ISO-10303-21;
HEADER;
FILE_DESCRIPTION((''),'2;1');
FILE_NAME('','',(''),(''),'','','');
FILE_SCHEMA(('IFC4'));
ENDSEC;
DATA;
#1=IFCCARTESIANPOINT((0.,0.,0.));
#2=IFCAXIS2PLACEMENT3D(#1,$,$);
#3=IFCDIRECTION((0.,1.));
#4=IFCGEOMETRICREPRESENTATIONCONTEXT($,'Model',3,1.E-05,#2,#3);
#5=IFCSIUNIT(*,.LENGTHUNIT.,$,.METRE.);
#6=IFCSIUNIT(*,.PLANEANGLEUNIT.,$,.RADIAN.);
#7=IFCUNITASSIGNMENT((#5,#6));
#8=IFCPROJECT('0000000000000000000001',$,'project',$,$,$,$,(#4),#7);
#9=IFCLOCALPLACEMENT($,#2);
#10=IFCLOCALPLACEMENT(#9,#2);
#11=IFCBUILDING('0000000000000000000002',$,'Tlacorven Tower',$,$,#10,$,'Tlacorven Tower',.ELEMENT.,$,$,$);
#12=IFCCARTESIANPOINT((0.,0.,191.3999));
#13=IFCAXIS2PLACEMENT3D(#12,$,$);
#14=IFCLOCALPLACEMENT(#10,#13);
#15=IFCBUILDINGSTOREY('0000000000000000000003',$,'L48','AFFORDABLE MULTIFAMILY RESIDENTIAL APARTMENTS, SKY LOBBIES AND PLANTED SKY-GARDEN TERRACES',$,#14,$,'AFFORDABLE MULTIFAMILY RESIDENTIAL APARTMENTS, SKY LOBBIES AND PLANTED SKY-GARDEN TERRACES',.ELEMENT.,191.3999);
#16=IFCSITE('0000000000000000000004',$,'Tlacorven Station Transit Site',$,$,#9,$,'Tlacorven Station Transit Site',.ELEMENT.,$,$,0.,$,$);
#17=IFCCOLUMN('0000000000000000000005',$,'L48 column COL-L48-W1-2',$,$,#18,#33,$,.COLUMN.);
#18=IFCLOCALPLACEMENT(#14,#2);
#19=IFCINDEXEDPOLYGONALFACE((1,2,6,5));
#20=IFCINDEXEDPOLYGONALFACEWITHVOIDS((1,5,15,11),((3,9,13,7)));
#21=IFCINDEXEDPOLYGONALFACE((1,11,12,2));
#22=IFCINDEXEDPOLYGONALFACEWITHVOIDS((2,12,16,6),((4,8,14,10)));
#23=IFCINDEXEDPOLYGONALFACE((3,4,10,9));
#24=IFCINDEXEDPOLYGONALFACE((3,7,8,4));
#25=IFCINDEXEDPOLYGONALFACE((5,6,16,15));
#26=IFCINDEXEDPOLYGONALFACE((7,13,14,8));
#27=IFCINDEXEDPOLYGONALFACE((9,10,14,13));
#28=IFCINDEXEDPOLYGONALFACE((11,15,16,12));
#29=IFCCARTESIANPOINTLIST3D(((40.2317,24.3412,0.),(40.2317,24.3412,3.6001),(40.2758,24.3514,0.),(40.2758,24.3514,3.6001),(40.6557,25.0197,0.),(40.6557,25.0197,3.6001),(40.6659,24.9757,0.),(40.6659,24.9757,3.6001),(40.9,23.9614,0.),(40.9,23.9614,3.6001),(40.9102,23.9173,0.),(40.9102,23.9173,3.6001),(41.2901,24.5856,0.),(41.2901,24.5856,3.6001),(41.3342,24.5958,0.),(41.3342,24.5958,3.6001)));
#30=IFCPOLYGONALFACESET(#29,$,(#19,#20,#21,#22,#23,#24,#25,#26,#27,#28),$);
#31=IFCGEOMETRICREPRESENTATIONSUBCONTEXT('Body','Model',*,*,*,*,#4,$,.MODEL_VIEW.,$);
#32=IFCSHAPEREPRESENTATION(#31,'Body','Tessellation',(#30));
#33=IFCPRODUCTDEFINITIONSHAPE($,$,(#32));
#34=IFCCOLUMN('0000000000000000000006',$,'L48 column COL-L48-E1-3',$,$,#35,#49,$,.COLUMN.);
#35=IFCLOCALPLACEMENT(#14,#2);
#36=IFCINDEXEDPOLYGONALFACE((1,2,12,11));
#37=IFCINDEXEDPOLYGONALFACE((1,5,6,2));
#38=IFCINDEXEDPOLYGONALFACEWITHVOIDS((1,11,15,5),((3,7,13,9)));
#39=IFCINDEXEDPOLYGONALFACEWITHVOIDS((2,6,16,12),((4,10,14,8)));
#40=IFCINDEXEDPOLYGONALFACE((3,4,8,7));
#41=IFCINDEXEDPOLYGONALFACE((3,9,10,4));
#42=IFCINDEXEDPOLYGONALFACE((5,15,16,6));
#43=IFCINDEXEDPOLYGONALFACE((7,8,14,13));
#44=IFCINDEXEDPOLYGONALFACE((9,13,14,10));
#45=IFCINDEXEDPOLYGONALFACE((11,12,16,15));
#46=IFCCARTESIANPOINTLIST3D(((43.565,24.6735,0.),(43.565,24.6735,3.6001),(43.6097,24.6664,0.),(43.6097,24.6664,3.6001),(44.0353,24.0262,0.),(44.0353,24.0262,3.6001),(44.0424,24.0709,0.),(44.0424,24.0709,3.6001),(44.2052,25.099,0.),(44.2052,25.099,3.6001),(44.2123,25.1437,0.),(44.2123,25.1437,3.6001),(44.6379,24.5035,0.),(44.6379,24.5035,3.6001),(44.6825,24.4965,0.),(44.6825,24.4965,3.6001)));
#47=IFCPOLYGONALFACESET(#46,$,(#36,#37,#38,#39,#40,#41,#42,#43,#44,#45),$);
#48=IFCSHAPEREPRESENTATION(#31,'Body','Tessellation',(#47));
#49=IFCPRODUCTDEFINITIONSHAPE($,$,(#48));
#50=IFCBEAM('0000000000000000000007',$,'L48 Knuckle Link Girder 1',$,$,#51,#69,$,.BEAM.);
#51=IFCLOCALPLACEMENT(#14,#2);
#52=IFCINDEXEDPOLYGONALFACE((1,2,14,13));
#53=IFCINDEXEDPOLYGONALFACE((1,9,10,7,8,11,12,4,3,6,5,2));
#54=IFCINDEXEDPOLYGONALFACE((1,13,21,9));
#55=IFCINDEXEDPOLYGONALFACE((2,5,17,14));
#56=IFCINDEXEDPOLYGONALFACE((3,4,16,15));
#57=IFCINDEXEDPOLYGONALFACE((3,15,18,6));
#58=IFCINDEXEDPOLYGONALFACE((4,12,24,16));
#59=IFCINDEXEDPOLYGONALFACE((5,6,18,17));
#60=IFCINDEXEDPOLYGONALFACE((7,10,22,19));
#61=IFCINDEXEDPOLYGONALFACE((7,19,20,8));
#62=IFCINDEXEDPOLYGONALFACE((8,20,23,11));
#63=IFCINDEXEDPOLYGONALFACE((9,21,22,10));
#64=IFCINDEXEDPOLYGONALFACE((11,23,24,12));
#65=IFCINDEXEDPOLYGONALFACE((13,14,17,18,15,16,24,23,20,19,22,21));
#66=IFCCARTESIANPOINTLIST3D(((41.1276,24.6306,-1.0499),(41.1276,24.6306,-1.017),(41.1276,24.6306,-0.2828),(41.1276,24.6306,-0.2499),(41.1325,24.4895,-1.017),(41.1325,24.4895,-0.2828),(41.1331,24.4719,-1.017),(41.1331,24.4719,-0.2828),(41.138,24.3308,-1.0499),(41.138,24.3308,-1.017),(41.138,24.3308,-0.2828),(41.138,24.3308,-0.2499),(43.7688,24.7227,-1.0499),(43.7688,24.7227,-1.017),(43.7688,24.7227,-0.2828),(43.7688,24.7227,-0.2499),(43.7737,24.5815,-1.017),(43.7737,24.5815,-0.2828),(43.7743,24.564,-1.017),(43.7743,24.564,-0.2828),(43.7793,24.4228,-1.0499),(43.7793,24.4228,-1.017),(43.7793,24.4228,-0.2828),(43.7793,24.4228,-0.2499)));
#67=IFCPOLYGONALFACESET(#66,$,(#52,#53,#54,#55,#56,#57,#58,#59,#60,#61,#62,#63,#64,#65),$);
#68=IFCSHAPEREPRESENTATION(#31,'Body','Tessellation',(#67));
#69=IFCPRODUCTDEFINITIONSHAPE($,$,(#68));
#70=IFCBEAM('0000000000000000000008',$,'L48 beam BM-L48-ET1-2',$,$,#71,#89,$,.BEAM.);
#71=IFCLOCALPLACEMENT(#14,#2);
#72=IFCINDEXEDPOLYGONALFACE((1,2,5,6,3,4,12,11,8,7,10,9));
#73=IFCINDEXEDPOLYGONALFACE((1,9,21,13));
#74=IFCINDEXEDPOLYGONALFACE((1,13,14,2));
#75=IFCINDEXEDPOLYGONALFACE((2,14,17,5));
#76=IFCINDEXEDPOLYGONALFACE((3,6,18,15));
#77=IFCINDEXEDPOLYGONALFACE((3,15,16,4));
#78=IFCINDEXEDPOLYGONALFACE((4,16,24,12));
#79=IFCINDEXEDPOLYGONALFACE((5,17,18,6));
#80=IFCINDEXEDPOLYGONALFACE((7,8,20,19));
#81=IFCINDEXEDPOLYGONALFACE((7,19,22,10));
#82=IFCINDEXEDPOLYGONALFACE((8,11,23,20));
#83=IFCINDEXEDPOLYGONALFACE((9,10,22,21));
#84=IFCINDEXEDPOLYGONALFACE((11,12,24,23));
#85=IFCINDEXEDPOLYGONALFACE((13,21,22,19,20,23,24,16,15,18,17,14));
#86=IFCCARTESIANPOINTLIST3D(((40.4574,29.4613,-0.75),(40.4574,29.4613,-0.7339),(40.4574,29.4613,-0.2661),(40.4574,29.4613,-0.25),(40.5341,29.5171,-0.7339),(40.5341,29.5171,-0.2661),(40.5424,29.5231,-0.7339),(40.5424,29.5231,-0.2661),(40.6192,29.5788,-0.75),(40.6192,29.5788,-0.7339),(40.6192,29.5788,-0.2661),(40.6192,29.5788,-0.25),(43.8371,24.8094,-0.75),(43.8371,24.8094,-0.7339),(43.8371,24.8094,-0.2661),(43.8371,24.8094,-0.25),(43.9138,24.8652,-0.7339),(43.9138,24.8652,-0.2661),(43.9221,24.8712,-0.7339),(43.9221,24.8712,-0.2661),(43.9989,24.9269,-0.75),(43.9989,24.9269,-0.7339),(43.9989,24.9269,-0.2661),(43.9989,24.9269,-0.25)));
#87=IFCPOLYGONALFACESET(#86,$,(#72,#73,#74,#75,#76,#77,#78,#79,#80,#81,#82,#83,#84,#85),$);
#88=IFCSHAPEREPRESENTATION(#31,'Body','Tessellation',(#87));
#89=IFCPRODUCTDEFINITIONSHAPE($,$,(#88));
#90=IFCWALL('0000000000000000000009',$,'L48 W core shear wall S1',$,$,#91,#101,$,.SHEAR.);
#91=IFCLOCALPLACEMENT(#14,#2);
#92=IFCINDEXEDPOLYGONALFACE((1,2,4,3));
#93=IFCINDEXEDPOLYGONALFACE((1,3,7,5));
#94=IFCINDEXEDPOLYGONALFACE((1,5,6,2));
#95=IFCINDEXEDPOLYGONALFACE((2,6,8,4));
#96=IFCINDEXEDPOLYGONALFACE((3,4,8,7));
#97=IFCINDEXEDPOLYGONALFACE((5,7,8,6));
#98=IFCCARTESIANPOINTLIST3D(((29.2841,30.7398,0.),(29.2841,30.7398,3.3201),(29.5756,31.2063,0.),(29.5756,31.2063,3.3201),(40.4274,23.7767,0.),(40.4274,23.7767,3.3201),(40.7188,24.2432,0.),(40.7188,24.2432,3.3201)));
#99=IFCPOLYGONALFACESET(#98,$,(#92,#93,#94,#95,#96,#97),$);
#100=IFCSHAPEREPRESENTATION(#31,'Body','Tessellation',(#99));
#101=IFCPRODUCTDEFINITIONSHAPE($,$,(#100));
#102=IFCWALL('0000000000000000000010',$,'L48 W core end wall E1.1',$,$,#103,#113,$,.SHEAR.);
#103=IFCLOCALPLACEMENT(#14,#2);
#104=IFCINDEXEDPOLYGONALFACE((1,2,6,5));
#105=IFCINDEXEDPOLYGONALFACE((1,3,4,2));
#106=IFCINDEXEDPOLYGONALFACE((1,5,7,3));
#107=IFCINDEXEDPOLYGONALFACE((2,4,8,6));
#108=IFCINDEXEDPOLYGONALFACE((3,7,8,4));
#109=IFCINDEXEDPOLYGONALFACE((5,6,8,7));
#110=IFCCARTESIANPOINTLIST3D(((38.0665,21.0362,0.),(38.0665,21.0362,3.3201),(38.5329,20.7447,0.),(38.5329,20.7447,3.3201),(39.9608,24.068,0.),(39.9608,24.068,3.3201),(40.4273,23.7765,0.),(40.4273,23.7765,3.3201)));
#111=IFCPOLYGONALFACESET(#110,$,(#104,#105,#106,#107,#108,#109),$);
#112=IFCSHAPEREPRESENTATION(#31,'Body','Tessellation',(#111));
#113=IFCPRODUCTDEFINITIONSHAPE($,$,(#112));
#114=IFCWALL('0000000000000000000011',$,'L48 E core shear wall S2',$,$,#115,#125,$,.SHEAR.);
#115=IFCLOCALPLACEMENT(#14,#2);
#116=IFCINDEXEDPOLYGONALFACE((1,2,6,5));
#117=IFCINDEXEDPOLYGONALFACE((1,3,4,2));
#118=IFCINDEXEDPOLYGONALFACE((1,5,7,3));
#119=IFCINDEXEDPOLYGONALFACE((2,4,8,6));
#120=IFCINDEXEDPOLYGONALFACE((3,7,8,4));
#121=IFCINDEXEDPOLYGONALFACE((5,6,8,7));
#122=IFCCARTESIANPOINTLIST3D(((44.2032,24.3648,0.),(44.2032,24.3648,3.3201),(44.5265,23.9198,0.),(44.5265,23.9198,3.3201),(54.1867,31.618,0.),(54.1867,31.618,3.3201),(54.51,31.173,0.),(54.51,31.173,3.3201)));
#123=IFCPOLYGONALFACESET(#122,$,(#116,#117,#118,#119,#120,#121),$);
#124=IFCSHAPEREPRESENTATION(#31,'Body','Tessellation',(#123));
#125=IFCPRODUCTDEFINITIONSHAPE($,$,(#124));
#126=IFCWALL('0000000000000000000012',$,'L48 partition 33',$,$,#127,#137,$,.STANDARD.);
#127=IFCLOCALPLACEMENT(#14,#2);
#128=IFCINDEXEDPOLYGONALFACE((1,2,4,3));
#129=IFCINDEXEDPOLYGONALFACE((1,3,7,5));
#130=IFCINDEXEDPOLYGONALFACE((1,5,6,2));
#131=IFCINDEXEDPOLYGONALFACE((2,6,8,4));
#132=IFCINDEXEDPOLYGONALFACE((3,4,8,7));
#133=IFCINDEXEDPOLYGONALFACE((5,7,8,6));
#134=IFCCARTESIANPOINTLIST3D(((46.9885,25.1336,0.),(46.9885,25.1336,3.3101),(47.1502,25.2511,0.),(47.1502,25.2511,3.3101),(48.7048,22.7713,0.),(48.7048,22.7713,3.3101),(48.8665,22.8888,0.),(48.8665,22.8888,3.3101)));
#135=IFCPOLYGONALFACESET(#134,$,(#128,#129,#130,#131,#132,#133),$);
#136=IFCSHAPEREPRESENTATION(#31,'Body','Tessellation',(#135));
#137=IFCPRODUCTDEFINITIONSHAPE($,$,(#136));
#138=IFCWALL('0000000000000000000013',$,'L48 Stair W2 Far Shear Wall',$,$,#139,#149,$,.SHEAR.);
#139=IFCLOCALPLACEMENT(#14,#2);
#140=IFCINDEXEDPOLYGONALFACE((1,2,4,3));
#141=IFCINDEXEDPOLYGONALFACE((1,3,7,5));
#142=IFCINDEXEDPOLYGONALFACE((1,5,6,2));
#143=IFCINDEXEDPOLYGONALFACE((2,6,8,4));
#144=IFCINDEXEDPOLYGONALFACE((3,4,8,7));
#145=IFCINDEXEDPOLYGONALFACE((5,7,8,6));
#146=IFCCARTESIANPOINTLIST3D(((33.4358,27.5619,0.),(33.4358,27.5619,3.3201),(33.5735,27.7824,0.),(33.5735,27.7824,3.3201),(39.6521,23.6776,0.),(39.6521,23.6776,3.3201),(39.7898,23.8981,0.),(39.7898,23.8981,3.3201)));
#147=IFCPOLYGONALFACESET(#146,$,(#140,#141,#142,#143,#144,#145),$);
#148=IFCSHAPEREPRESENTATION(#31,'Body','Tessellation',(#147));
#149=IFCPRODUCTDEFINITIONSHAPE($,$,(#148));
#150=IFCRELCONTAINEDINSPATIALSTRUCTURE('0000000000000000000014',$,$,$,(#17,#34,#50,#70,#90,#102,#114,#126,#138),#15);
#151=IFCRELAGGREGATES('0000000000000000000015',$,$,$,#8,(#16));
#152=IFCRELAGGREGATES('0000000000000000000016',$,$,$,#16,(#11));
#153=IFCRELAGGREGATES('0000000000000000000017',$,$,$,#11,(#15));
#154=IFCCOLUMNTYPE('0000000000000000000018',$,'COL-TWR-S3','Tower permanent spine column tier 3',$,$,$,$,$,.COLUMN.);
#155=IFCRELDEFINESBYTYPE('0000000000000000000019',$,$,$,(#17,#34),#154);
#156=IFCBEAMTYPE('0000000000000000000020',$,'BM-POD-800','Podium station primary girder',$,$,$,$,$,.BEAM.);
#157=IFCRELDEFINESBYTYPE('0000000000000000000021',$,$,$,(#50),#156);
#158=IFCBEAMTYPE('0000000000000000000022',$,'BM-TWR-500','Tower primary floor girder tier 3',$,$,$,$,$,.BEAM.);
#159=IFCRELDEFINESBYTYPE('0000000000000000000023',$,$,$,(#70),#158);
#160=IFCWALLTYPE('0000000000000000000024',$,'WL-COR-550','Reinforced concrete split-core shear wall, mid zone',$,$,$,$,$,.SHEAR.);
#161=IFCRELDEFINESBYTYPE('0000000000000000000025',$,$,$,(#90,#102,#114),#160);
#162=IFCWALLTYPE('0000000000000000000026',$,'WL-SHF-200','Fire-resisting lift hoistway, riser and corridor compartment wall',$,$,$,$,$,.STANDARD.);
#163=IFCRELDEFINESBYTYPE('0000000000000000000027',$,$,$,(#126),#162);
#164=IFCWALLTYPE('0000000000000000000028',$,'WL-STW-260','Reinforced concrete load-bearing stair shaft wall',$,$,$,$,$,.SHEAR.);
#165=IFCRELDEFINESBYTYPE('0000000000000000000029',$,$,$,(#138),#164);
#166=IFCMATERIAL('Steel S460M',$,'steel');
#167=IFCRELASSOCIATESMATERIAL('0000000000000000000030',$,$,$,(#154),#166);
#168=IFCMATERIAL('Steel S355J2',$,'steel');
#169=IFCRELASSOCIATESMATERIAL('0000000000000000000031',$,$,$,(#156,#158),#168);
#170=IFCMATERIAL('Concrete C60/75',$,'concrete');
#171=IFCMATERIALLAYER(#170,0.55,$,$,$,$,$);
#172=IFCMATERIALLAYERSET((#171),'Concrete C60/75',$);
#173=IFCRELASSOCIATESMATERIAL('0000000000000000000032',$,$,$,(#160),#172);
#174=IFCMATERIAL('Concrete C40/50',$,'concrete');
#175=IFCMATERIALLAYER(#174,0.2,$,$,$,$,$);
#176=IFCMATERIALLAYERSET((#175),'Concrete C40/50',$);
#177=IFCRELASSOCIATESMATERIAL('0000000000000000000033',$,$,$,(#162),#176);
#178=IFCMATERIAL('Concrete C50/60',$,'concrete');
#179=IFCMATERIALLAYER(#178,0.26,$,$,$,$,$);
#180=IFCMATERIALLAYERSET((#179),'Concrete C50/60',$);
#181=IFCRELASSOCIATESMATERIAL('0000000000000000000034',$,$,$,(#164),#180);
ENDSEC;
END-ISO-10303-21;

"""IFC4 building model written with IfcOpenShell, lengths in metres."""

from ifc_helpers import new_model, si_unit, direction, frame, frame_2d, origin, origin_2d, place, context, subcontext, project, spatial, rectangle, hollow_rectangle, i_section, extrude, source, transform, mapped, material, layer, layer_set, material_profile, profile_set, type_object, element, save


model = new_model("IFC4")

# Units and contexts
model_context = context("Model", 3, precision=1e-05, world=origin(), true_north=direction((0.0, 1.0)))
body_context = subcontext(model_context, "Body", "Model", "MODEL_VIEW")
ifc_project = project(units=[si_unit("LENGTHUNIT", "METRE"), si_unit("PLANEANGLEUNIT", "RADIAN")], contexts=[model_context])

# Site, building, storey
site_placement = place(None, origin())
site = spatial("IfcSite", under=ifc_project, at=site_placement, Name="Tlacorven Station Transit Site", LongName="Tlacorven Station Transit Site", CompositionType="ELEMENT", RefElevation=0.0)
building_placement = place(site_placement, origin())
building = spatial("IfcBuilding", under=site, at=building_placement, Name="Tlacorven Tower", LongName="Tlacorven Tower", CompositionType="ELEMENT")
storey_placement = place(building_placement, frame((0.0, 0.0, 191.3999)))
storey = spatial("IfcBuildingStorey", under=building, at=storey_placement, Name="L48", Description="AFFORDABLE MULTIFAMILY RESIDENTIAL APARTMENTS, SKY LOBBIES AND PLANTED SKY-GARDEN TERRACES", LongName="AFFORDABLE MULTIFAMILY RESIDENTIAL APARTMENTS, SKY LOBBIES AND PLANTED SKY-GARDEN TERRACES", CompositionType="ELEMENT", Elevation=191.3999)

# Columns
ifc_material_1 = material(Name="Steel S460M", Category="steel")
ifc_material_profile_1 = material_profile(ifc_material_1, hollow_rectangle(XDim=0.8, YDim=0.8, WallThickness=0.032, at=origin_2d()), Name="BOX 800X800X32")
ifc_profile_set_1 = profile_set([ifc_material_profile_1], Name="Steel S460M")
column_type = type_object("IfcColumnType", Name="COL-TWR-S3", Description="Tower permanent spine column tier 3", PredefinedType="COLUMN", material=ifc_profile_set_1)
shared_shape_1 = source(origin(), body_context, "Body", "SweptSolid", [
    extrude(hollow_rectangle(XDim=0.8, YDim=0.8, WallThickness=0.032, at=origin_2d()), origin(), (0.0, 0.0, 1.0), 3.6001),
])
for number, where, z_axis, x_axis, name in (
    (1, (40.783, 24.4685, 0.0), (0.0, 0.0, 1.0), (-0.848048, 0.529919, 0.0), "L48 column COL-L48-W1-2"),
    (2, (44.1238, 24.585, 0.0), (0.0, 0.0, 1.0), (0.809017, 0.587785, 0.0), "L48 column COL-L48-E1-3"),
):
    element("IfcColumn", number, at=place(storey_placement, frame(where, z_axis=z_axis, x_axis=x_axis)), inside=storey, type_object=column_type, Name=name, PredefinedType="COLUMN", context=body_context, shape_type="MappedRepresentation", body=[
        mapped(shared_shape_1, transform((0.0, 0.0, 0.0), scale=1.0)),
    ])

# Beams
ifc_material_2 = material(Name="Steel S355J2", Category="steel")
ifc_material_profile_2 = material_profile(ifc_material_2, i_section(OverallWidth=0.3, OverallDepth=0.8, WebThickness=0.0176, FlangeThickness=0.033, at=origin_2d()), Name="HEB 800")
ifc_profile_set_2 = profile_set([ifc_material_profile_2], Name="Steel S355J2")
beam_type_1 = type_object("IfcBeamType", Name="BM-POD-800", Description="Podium station primary girder", PredefinedType="BEAM", material=ifc_profile_set_2)
shared_shape_2 = source(origin(), body_context, "Body", "SweptSolid", [
    extrude(i_section(OverallWidth=0.3, OverallDepth=0.8, WebThickness=0.0176, FlangeThickness=0.033, at=origin_2d()), origin(), (0.0, 0.0, 1.0), 2.6428),
])
beam_1_placement = place(storey_placement, frame((41.1328, 24.4807, -0.6499), z_axis=(0.999393, 0.034828, 0.0), x_axis=(-0.034828, 0.999393, 0.0)))
element("IfcBeam", 3, at=beam_1_placement, inside=storey, type_object=beam_type_1, Name="L48 Knuckle Link Girder 1", PredefinedType="BEAM", context=body_context, shape_type="MappedRepresentation", body=[
    mapped(shared_shape_2, transform((0.0, 0.0, 0.0), scale=1.0)),
])
ifc_material_profile_3 = material_profile(ifc_material_2, i_section(OverallWidth=0.2, OverallDepth=0.5, WebThickness=0.0103, FlangeThickness=0.0161, at=origin_2d()), Name="IPE 500")
ifc_profile_set_3 = profile_set([ifc_material_profile_3], Name="Steel S355J2")
beam_type_2 = type_object("IfcBeamType", Name="BM-TWR-500", Description="Tower primary floor girder tier 3", PredefinedType="BEAM", material=ifc_profile_set_3)
shared_shape_3 = source(origin(), body_context, "Body", "SweptSolid", [
    extrude(i_section(OverallWidth=0.2, OverallDepth=0.5, WebThickness=0.0103, FlangeThickness=0.0161, at=origin_2d()), origin(), (0.0, 0.0, 1.0), 5.75),
])
beam_2_placement = place(storey_placement, frame((43.918, 24.8682, -0.5), z_axis=(-0.58777, 0.809028, 0.0), x_axis=(-0.809028, -0.58777, 0.0)))
element("IfcBeam", 4, at=beam_2_placement, inside=storey, type_object=beam_type_2, Name="L48 beam BM-L48-ET1-2", PredefinedType="BEAM", context=body_context, shape_type="MappedRepresentation", body=[
    mapped(shared_shape_3, transform((0.0, 0.0, 0.0), scale=1.0)),
])

# Walls
ifc_material_3 = material(Name="Concrete C60/75", Category="concrete")
ifc_layer_1 = layer(ifc_material_3, 0.55)
ifc_layer_set_1 = layer_set([ifc_layer_1], Name="Concrete C60/75")
wall_type_1 = type_object("IfcWallType", Name="WL-COR-550", Description="Reinforced concrete split-core shear wall, mid zone", PredefinedType="SHEAR", material=ifc_layer_set_1)
wall_1_placement = place(storey_placement, frame((40.573, 24.01, 0.0), z_axis=(0.0, 0.0, 1.0), x_axis=(-0.848047, 0.52992, 0.0)))
element("IfcWall", 5, at=wall_1_placement, inside=storey, type_object=wall_type_1, Name="L48 W core shear wall S1", PredefinedType="SHEAR", context=body_context, shape_type="SweptSolid", body=[
    extrude(rectangle(XDim=13.1399, YDim=0.55, at=frame_2d((6.5698, 0.0))), origin(), (0.0, 0.0, 1.0), 3.3201),
])
wall_2_placement = place(storey_placement, frame((40.1941, 23.9224, 0.0), z_axis=(0.0, 0.0, 1.0), x_axis=(-0.529888, -0.848067, 0.0)))
element("IfcWall", 6, at=wall_2_placement, inside=storey, type_object=wall_type_1, Name="L48 W core end wall E1.1", PredefinedType="SHEAR", context=body_context, shape_type="SweptSolid", body=[
    extrude(rectangle(XDim=3.575, YDim=0.55, at=frame_2d((1.7876, 0.0))), origin(), (0.0, 0.0, 1.0), 3.3201),
])
wall_3_placement = place(storey_placement, frame((44.365, 24.1423, 0.0), z_axis=(0.0, 0.0, 1.0), x_axis=(0.809024, 0.587775, 0.0)))
element("IfcWall", 7, at=wall_3_placement, inside=storey, type_object=wall_type_1, Name="L48 E core shear wall S2", PredefinedType="SHEAR", context=body_context, shape_type="SweptSolid", body=[
    extrude(rectangle(XDim=12.3401, YDim=0.55, at=frame_2d((6.1699, 0.0))), origin(), (0.0, 0.0, 1.0), 3.3201),
])
ifc_material_4 = material(Name="Concrete C40/50", Category="concrete")
ifc_layer_2 = layer(ifc_material_4, 0.2)
ifc_layer_set_2 = layer_set([ifc_layer_2], Name="Concrete C40/50")
wall_type_2 = type_object("IfcWallType", Name="WL-SHF-200", Description="Fire-resisting lift hoistway, riser and corridor compartment wall", PredefinedType="STANDARD", material=ifc_layer_set_2)
wall_4_placement = place(storey_placement, frame((48.7856, 22.8301, 0.0), z_axis=(0.0, 0.0, 1.0), x_axis=(-0.587784, 0.809018, 0.0)))
element("IfcWall", 8, at=wall_4_placement, inside=storey, type_object=wall_type_2, Name="L48 partition 33", PredefinedType="STANDARD", context=body_context, shape_type="SweptSolid", body=[
    extrude(rectangle(XDim=2.9199, YDim=0.2, at=frame_2d((1.46, 0.0))), origin(), (0.0, 0.0, 1.0), 3.3101),
])
ifc_material_5 = material(Name="Concrete C50/60", Category="concrete")
ifc_layer_3 = layer(ifc_material_5, 0.26)
ifc_layer_set_3 = layer_set([ifc_layer_3], Name="Concrete C50/60")
wall_type_3 = type_object("IfcWallType", Name="WL-STW-260", Description="Reinforced concrete load-bearing stair shaft wall", PredefinedType="SHEAR", material=ifc_layer_set_3)
wall_5_placement = place(storey_placement, frame((39.7209, 23.7878, 0.0), z_axis=(0.0, 0.0, 1.0), x_axis=(-0.848054, 0.529909, 0.0)))
element("IfcWall", 9, at=wall_5_placement, inside=storey, type_object=wall_type_3, Name="L48 Stair W2 Far Shear Wall", PredefinedType="SHEAR", context=body_context, shape_type="SweptSolid", body=[
    extrude(rectangle(XDim=7.3301, YDim=0.26, at=frame_2d((3.665, 0.0))), origin(), (0.0, 0.0, 1.0), 3.3201),
])

save(model, "model.ifc")
